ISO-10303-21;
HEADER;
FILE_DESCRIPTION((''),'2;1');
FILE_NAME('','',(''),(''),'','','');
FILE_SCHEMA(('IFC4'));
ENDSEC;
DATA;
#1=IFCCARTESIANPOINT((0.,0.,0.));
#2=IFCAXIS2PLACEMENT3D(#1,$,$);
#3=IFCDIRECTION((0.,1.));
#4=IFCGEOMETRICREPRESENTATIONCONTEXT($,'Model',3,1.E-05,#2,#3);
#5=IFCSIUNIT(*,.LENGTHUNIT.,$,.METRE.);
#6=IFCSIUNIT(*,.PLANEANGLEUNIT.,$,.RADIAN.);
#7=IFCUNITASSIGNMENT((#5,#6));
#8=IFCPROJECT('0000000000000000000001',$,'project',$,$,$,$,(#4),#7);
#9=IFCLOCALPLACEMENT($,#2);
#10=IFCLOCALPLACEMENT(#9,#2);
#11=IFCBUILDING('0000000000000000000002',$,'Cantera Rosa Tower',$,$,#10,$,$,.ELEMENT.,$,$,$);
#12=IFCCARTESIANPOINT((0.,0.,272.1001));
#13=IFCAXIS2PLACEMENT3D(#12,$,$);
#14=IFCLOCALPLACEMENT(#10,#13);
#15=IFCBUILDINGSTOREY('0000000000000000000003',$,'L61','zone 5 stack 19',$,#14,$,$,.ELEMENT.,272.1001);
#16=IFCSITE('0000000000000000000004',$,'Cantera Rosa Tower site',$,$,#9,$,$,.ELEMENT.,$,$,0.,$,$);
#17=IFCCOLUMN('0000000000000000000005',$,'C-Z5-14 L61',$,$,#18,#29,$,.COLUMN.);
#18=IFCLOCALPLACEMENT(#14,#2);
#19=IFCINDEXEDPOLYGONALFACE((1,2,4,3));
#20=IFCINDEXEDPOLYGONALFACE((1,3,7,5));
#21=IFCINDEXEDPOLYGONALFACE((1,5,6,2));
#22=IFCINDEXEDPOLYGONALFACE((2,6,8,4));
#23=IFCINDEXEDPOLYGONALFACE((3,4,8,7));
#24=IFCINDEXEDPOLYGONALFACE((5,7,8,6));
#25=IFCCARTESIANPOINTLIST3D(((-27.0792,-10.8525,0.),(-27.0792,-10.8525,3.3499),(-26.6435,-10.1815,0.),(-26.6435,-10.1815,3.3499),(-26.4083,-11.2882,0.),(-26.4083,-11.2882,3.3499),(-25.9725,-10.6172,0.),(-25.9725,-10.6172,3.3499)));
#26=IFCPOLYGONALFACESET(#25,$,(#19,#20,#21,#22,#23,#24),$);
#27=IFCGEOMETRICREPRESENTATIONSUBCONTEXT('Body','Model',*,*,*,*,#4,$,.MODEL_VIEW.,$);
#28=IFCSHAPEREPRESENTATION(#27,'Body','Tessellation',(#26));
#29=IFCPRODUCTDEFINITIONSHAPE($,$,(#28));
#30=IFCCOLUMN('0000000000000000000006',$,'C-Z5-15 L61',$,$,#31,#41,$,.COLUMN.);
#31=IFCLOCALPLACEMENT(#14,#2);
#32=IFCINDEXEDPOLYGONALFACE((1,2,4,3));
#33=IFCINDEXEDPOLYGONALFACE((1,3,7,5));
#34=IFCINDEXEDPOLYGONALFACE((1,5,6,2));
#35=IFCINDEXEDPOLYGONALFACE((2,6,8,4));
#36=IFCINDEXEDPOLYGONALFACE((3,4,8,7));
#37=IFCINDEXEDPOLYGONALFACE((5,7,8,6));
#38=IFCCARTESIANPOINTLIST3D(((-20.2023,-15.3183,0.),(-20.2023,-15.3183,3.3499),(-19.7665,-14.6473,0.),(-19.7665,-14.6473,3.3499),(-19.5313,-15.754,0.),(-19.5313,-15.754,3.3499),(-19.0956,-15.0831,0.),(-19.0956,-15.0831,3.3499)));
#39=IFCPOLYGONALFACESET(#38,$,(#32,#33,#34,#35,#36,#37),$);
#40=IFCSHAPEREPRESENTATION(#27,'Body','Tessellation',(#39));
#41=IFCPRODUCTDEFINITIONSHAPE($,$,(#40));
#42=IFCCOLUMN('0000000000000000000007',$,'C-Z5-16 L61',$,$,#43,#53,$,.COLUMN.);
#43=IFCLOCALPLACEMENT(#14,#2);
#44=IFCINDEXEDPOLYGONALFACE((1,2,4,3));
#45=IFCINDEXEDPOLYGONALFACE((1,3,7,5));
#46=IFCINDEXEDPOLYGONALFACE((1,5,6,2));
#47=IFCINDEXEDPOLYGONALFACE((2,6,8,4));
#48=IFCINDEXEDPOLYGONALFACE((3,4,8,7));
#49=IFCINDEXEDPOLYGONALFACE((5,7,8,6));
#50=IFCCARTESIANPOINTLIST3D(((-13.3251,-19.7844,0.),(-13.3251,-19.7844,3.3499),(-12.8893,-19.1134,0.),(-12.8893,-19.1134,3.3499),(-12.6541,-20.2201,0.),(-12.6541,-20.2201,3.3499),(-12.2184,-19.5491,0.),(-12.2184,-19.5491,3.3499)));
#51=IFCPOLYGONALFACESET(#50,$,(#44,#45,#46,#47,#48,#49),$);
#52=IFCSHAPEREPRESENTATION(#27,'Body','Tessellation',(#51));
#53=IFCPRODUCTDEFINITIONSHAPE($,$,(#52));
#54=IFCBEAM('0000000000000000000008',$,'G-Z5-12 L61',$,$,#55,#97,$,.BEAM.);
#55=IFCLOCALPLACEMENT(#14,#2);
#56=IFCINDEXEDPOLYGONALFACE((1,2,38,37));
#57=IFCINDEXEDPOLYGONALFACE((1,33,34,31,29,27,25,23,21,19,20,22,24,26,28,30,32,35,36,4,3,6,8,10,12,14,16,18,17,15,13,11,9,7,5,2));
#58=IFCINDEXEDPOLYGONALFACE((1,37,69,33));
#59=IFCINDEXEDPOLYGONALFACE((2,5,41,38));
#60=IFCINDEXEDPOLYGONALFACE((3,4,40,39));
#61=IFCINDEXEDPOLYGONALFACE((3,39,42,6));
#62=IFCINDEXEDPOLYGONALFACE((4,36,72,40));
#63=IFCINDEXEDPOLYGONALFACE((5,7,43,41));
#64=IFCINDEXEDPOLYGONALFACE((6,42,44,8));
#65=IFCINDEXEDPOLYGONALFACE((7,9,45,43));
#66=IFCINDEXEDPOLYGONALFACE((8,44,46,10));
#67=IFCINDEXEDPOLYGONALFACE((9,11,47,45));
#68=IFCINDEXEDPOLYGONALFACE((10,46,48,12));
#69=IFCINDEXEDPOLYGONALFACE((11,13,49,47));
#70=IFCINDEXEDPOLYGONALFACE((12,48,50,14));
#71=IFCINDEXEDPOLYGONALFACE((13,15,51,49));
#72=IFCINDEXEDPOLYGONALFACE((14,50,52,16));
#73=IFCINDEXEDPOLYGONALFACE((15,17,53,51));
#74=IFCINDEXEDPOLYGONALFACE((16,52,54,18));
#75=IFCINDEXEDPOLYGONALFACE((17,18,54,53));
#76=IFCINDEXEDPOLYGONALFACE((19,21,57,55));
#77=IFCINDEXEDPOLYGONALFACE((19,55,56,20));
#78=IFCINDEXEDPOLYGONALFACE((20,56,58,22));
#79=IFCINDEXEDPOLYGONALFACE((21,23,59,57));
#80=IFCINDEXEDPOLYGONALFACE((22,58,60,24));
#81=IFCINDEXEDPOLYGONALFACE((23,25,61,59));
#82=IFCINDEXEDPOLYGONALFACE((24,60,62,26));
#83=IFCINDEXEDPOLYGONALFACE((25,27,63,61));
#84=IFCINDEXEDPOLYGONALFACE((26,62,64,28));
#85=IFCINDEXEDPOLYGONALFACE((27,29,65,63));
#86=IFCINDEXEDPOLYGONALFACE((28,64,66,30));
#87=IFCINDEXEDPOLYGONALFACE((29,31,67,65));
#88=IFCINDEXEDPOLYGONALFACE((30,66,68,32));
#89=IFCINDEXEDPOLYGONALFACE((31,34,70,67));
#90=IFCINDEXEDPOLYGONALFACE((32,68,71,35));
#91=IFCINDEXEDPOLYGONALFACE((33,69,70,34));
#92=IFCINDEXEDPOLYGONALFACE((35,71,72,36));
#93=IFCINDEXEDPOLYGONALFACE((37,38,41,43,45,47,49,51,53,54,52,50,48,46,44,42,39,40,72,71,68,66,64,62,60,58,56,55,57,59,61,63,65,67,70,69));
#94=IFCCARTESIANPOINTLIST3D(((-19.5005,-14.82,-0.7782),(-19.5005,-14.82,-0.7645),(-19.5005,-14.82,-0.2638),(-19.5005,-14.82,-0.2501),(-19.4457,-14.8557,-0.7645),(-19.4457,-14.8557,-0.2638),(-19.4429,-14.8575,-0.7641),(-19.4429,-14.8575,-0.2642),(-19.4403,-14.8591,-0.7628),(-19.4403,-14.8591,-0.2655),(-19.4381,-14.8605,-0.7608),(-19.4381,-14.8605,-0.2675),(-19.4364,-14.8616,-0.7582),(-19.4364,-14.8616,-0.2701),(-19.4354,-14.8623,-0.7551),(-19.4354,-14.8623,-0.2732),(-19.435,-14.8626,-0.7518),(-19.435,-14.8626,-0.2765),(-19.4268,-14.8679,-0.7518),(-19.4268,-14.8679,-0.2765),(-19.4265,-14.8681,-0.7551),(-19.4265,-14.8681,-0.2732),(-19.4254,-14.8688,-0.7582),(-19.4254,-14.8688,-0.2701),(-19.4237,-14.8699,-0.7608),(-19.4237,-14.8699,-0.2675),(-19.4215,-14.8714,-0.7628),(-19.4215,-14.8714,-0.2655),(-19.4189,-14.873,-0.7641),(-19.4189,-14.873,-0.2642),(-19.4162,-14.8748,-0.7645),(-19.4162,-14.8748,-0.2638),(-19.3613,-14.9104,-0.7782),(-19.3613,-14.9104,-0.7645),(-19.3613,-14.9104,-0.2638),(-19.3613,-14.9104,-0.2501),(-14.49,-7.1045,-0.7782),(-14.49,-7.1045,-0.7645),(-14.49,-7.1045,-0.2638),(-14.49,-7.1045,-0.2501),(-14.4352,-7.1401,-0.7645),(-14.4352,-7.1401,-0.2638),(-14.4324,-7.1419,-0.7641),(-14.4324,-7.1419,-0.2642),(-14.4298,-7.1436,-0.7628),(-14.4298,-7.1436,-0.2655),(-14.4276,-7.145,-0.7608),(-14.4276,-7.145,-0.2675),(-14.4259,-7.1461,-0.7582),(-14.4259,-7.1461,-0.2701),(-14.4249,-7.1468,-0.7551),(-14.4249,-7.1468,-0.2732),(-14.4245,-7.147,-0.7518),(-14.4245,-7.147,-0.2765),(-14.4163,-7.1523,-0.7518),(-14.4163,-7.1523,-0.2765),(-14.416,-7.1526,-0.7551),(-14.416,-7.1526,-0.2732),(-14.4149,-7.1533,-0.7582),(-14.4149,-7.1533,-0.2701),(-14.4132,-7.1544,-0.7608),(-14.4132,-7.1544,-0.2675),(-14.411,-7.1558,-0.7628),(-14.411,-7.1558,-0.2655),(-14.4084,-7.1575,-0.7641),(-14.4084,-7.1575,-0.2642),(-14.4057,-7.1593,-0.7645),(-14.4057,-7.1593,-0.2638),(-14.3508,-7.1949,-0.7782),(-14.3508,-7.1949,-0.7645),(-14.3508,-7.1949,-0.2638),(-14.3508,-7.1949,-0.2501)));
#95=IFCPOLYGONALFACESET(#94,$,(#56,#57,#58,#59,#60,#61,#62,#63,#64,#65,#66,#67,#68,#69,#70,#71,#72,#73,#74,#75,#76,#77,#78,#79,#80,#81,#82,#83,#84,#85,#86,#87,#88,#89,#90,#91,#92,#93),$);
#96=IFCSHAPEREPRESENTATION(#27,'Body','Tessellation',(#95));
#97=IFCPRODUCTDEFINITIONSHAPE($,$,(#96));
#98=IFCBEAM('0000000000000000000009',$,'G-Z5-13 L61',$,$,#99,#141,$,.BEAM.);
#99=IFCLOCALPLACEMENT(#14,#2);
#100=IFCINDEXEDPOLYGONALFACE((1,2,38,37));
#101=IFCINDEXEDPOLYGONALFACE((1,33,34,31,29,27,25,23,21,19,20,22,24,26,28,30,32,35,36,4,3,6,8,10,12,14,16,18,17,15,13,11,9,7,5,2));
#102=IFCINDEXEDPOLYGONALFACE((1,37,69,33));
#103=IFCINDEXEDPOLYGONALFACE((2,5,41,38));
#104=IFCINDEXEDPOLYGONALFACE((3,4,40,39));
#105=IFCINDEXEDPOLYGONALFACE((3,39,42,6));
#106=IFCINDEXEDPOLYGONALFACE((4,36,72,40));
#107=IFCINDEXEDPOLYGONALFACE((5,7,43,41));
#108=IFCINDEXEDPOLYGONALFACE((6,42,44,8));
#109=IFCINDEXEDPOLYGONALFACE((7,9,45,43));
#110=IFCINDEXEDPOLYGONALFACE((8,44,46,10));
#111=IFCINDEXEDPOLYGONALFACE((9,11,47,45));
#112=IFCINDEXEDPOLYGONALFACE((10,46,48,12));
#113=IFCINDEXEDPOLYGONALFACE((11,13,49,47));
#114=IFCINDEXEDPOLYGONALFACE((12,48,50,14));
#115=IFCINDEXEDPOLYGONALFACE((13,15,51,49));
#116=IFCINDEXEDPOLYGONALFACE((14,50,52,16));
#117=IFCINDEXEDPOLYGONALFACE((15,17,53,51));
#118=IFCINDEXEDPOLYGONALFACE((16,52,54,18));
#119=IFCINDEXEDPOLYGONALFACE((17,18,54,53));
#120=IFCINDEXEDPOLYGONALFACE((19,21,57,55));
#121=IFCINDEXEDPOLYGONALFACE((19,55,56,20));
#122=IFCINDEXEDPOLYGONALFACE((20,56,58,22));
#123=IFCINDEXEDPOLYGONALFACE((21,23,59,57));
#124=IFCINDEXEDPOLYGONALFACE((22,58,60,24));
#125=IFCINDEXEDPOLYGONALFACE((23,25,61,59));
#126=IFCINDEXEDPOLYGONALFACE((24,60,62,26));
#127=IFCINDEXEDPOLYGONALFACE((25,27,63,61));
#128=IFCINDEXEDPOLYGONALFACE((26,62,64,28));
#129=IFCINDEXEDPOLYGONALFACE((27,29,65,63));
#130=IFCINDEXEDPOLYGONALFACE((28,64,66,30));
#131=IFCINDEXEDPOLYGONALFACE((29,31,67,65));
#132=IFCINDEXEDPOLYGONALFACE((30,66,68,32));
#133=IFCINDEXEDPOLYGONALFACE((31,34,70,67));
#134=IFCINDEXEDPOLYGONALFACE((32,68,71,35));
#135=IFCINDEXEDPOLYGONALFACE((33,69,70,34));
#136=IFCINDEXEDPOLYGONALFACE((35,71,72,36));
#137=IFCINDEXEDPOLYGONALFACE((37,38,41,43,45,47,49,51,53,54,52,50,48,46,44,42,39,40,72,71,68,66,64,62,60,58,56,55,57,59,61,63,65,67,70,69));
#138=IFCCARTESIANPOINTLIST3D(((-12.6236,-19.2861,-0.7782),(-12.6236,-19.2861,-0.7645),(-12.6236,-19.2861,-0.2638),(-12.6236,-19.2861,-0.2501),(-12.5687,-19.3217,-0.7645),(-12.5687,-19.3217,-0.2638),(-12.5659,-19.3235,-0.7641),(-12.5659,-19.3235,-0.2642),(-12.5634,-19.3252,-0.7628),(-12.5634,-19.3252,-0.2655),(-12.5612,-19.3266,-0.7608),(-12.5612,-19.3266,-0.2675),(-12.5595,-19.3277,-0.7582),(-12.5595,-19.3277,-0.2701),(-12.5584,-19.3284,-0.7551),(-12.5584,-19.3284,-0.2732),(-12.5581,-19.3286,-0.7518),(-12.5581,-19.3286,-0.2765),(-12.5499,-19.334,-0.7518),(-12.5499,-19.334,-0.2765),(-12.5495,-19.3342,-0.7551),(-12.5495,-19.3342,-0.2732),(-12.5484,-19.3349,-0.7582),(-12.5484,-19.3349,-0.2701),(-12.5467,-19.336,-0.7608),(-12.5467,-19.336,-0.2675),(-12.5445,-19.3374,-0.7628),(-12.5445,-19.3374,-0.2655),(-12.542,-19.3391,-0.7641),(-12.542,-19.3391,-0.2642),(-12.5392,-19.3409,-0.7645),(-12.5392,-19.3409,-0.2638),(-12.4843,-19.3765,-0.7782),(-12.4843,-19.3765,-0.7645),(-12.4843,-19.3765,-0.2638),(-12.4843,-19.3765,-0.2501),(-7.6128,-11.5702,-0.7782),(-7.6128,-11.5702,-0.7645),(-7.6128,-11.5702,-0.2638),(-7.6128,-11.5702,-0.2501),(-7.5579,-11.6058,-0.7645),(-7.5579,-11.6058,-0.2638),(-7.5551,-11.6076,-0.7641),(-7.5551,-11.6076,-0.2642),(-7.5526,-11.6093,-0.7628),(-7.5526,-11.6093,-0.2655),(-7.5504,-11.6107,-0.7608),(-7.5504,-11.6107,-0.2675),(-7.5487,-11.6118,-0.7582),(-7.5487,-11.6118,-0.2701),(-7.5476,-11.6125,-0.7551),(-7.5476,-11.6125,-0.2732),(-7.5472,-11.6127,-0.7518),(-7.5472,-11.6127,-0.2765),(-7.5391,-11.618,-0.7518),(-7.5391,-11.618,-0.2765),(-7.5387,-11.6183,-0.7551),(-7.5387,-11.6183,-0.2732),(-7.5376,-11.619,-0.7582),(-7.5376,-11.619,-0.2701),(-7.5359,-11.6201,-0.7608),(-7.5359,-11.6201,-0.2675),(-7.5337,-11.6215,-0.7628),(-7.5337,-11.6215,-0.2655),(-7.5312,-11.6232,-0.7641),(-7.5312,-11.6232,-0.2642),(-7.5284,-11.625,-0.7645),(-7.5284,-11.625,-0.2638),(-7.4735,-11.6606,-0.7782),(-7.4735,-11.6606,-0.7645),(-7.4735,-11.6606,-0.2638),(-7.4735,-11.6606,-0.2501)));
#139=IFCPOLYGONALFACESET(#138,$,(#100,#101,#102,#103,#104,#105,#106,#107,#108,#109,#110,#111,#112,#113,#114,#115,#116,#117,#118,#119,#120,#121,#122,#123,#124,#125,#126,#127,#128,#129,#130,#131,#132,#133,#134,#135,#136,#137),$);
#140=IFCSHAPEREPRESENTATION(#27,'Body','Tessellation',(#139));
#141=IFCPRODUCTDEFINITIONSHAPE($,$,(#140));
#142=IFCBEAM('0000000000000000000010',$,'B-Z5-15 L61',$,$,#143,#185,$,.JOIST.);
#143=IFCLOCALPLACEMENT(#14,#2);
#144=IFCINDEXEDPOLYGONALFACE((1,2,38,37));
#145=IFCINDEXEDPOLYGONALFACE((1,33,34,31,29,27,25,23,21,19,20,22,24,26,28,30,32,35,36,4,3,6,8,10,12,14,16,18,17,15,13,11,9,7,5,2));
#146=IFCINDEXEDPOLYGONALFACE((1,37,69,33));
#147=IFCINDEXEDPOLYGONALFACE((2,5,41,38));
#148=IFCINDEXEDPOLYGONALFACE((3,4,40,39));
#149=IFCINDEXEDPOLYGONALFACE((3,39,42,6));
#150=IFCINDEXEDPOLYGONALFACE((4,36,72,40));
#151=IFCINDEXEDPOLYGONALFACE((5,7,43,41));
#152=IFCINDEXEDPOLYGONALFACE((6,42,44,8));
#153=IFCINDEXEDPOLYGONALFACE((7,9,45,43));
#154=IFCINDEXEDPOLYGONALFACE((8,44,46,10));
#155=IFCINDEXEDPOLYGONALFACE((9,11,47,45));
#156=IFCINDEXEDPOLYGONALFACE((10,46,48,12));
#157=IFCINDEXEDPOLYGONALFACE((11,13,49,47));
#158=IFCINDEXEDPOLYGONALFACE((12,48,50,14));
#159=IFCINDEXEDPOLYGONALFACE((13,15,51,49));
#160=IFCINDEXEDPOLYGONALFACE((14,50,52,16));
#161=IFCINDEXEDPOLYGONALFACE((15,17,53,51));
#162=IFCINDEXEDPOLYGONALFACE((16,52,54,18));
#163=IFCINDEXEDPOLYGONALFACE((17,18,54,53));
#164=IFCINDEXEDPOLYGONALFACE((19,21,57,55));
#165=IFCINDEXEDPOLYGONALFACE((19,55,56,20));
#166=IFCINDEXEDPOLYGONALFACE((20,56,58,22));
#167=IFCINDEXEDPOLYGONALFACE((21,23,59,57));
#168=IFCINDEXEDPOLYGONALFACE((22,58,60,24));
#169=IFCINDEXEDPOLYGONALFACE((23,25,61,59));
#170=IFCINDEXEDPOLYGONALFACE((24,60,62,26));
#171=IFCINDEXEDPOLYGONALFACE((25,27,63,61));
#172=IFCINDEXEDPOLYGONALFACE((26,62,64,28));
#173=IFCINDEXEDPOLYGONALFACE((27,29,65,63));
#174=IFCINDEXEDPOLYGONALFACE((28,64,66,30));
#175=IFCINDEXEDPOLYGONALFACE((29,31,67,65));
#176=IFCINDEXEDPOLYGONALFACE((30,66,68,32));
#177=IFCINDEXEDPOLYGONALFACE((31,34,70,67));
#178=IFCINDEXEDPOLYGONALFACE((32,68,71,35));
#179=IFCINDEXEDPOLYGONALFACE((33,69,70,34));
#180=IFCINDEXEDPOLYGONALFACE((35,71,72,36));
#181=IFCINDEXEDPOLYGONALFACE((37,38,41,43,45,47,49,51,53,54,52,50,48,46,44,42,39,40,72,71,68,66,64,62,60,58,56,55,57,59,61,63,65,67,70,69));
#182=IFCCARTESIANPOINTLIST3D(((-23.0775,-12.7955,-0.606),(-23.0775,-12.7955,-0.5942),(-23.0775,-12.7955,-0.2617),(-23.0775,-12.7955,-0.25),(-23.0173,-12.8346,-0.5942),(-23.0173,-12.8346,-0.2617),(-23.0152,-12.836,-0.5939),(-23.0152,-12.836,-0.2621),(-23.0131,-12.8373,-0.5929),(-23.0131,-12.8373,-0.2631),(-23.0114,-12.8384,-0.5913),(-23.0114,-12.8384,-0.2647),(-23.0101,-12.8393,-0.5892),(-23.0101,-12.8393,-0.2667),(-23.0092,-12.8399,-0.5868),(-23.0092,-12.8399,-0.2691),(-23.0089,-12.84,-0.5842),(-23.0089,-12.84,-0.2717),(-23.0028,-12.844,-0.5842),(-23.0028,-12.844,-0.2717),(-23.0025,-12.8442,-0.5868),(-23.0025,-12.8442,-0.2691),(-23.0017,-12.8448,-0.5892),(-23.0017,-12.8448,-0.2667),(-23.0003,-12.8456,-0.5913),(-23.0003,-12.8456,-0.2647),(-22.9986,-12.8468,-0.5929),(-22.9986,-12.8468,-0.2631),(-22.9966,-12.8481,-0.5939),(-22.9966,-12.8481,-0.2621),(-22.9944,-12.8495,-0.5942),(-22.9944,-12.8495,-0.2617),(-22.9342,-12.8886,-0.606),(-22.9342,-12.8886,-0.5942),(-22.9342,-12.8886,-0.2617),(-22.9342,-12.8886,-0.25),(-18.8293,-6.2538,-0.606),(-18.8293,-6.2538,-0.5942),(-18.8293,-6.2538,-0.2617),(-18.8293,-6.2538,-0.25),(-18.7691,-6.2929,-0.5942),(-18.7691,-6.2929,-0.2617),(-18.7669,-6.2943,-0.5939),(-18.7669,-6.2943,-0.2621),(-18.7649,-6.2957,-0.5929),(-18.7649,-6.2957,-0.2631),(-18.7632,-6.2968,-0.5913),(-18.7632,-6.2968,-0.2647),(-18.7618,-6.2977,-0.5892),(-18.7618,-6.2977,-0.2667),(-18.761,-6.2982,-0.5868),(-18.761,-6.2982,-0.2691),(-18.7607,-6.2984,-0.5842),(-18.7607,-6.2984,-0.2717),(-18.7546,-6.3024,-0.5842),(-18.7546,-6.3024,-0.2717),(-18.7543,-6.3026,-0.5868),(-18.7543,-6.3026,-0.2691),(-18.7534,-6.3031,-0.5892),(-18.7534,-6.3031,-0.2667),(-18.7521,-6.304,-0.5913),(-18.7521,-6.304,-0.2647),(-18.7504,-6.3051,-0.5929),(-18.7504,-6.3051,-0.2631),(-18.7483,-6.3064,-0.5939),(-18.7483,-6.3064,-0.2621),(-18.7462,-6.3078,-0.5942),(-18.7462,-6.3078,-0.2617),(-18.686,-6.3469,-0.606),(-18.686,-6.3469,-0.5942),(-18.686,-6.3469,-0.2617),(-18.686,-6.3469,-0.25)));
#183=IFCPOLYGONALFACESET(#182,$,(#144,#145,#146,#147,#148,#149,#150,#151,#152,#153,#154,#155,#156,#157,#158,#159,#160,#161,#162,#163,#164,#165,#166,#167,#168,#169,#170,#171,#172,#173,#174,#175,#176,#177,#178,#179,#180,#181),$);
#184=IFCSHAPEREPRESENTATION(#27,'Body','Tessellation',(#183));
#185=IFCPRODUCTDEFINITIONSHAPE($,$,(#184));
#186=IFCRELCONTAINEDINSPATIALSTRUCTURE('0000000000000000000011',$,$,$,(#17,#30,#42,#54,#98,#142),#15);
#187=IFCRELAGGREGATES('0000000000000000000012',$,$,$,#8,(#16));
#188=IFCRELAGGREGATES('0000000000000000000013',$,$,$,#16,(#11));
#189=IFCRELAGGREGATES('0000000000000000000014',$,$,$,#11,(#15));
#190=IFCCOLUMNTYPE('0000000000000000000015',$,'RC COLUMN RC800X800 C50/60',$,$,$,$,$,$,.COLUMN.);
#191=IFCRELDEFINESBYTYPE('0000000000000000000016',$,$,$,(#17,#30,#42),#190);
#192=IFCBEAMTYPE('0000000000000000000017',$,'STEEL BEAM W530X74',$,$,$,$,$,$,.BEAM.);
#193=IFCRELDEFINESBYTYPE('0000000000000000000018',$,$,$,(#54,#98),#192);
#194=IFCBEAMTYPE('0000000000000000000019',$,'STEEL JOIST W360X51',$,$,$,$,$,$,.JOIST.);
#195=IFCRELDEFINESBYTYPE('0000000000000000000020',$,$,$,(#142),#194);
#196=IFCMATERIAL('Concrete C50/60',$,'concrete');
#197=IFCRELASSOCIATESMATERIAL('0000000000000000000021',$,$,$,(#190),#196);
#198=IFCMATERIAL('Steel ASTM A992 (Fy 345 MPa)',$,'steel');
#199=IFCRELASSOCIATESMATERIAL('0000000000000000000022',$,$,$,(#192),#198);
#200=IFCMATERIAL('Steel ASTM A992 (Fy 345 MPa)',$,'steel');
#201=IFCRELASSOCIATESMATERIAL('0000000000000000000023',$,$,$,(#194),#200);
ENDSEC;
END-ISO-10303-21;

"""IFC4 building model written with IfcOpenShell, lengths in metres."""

from ifc_helpers import new_model, si_unit, direction, frame, origin, origin_2d, place, context, subcontext, project, spatial, rectangle, i_section, extrude, material, material_profile, profile_set, type_object, element, save


model = new_model("IFC4")

# Units and contexts
model_context = context("Model", 3, precision=1e-05, world=origin(), true_north=direction((0.0, 1.0)))
body_context = subcontext(model_context, "Body", "Model", "MODEL_VIEW")
ifc_project = project(units=[si_unit("LENGTHUNIT", "METRE"), si_unit("PLANEANGLEUNIT", "RADIAN")], contexts=[model_context])

# Site, building, storey
site_placement = place(None, origin())
site = spatial("IfcSite", under=ifc_project, at=site_placement, Name="Cantera Rosa Tower site", CompositionType="ELEMENT", RefElevation=0.0)
building_placement = place(site_placement, origin())
building = spatial("IfcBuilding", under=site, at=building_placement, Name="Cantera Rosa Tower", CompositionType="ELEMENT")
storey_placement = place(building_placement, frame((0.0, 0.0, 272.1001)))
storey = spatial("IfcBuildingStorey", under=building, at=storey_placement, Name="L61", Description="zone 5 stack 19", CompositionType="ELEMENT", Elevation=272.1001)

# Columns
ifc_material_1 = material(Name="Concrete C50/60", Category="concrete")
ifc_material_profile_1 = material_profile(ifc_material_1, rectangle(XDim=0.8, YDim=0.8, at=origin_2d()), Name="RC COLUMN RC800X800 C50/60")
ifc_profile_set_1 = profile_set([ifc_material_profile_1], Name="Concrete C50/60")
column_type = type_object("IfcColumnType", Name="RC COLUMN RC800X800 C50/60", PredefinedType="COLUMN", material=ifc_profile_set_1)
for number, where, z_axis, x_axis, name in (
    (1, (-26.5259, -10.7349, 0.0), (0.0, 0.0, 1.0), (0.544639, 0.838671, 0.0), "C-Z5-14 L61"),
    (2, (-19.6489, -15.2007, 0.0), (0.0, 0.0, 1.0), (0.544639, 0.838671, 0.0), "C-Z5-15 L61"),
    (3, (-12.7717, -19.6667, 0.0), (0.0, 0.0, 1.0), (0.544639, 0.838671, 0.0), "C-Z5-16 L61"),
):
    element("IfcColumn", number, at=place(storey_placement, frame(where, z_axis=z_axis, x_axis=x_axis)), inside=storey, type_object=column_type, Name=name, PredefinedType="COLUMN", context=body_context, shape_type="SweptSolid", body=[
        extrude(rectangle(XDim=0.8, YDim=0.8, at=origin_2d()), origin(), (0.0, 0.0, 1.0), 3.3499),
    ])

# Beams
ifc_material_2 = material(Name="Steel ASTM A992 (Fy 345 MPa)", Category="steel")
ifc_material_profile_2 = material_profile(ifc_material_2, i_section(OverallWidth=0.166, OverallDepth=0.5281, WebThickness=0.0098, FlangeThickness=0.0137, FilletRadius=0.0127, at=origin_2d()), Name="W530X74")
ifc_profile_set_2 = profile_set([ifc_material_profile_2], Name="Steel ASTM A992 (Fy 345 MPa)")
beam_type_1 = type_object("IfcBeamType", Name="STEEL BEAM W530X74", PredefinedType="BEAM", material=ifc_profile_set_2)
beam_1_placement = place(storey_placement, frame((-19.4309, -14.8652, -0.5142), z_axis=(0.544635, 0.838673, 0.0), x_axis=(-0.838673, 0.544635, 0.0)))
element("IfcBeam", 4, at=beam_1_placement, inside=storey, type_object=beam_type_1, Name="G-Z5-12 L61", PredefinedType="BEAM", context=body_context, shape_type="SweptSolid", body=[
    extrude(i_section(OverallWidth=0.166, OverallDepth=0.5281, WebThickness=0.0098, FlangeThickness=0.0137, FilletRadius=0.0127, at=origin_2d()), origin(), (0.0, 0.0, 1.0), 9.1997),
])
beam_2_placement = place(storey_placement, frame((-12.554, -19.3313, -0.5142), z_axis=(0.544641, 0.838669, 0.0), x_axis=(-0.838669, 0.544641, 0.0)))
element("IfcBeam", 5, at=beam_2_placement, inside=storey, type_object=beam_type_1, Name="G-Z5-13 L61", PredefinedType="BEAM", context=body_context, shape_type="SweptSolid", body=[
    extrude(i_section(OverallWidth=0.166, OverallDepth=0.5281, WebThickness=0.0098, FlangeThickness=0.0137, FilletRadius=0.0127, at=origin_2d()), origin(), (0.0, 0.0, 1.0), 9.2002),
])
ifc_material_3 = material(Name="Steel ASTM A992 (Fy 345 MPa)", Category="steel")
ifc_material_profile_3 = material_profile(ifc_material_3, i_section(OverallWidth=0.1709, OverallDepth=0.356, WebThickness=0.0073, FlangeThickness=0.0117, FilletRadius=0.01, at=origin_2d()), Name="W360X51")
ifc_profile_set_3 = profile_set([ifc_material_profile_3], Name="Steel ASTM A992 (Fy 345 MPa)")
beam_type_2 = type_object("IfcBeamType", Name="STEEL JOIST W360X51", PredefinedType="JOIST", material=ifc_profile_set_3)
beam_3_placement = place(storey_placement, frame((-23.0059, -12.842, -0.428), z_axis=(0.544642, 0.838669, 0.0), x_axis=(-0.838669, 0.544642, 0.0)))
element("IfcBeam", 6, at=beam_3_placement, inside=storey, type_object=beam_type_2, Name="B-Z5-15 L61", PredefinedType="JOIST", context=body_context, shape_type="SweptSolid", body=[
    extrude(i_section(OverallWidth=0.1709, OverallDepth=0.356, WebThickness=0.0073, FlangeThickness=0.0117, FilletRadius=0.01, at=origin_2d()), origin(), (0.0, 0.0, 1.0), 7.8),
])

save(model, "model.ifc")
